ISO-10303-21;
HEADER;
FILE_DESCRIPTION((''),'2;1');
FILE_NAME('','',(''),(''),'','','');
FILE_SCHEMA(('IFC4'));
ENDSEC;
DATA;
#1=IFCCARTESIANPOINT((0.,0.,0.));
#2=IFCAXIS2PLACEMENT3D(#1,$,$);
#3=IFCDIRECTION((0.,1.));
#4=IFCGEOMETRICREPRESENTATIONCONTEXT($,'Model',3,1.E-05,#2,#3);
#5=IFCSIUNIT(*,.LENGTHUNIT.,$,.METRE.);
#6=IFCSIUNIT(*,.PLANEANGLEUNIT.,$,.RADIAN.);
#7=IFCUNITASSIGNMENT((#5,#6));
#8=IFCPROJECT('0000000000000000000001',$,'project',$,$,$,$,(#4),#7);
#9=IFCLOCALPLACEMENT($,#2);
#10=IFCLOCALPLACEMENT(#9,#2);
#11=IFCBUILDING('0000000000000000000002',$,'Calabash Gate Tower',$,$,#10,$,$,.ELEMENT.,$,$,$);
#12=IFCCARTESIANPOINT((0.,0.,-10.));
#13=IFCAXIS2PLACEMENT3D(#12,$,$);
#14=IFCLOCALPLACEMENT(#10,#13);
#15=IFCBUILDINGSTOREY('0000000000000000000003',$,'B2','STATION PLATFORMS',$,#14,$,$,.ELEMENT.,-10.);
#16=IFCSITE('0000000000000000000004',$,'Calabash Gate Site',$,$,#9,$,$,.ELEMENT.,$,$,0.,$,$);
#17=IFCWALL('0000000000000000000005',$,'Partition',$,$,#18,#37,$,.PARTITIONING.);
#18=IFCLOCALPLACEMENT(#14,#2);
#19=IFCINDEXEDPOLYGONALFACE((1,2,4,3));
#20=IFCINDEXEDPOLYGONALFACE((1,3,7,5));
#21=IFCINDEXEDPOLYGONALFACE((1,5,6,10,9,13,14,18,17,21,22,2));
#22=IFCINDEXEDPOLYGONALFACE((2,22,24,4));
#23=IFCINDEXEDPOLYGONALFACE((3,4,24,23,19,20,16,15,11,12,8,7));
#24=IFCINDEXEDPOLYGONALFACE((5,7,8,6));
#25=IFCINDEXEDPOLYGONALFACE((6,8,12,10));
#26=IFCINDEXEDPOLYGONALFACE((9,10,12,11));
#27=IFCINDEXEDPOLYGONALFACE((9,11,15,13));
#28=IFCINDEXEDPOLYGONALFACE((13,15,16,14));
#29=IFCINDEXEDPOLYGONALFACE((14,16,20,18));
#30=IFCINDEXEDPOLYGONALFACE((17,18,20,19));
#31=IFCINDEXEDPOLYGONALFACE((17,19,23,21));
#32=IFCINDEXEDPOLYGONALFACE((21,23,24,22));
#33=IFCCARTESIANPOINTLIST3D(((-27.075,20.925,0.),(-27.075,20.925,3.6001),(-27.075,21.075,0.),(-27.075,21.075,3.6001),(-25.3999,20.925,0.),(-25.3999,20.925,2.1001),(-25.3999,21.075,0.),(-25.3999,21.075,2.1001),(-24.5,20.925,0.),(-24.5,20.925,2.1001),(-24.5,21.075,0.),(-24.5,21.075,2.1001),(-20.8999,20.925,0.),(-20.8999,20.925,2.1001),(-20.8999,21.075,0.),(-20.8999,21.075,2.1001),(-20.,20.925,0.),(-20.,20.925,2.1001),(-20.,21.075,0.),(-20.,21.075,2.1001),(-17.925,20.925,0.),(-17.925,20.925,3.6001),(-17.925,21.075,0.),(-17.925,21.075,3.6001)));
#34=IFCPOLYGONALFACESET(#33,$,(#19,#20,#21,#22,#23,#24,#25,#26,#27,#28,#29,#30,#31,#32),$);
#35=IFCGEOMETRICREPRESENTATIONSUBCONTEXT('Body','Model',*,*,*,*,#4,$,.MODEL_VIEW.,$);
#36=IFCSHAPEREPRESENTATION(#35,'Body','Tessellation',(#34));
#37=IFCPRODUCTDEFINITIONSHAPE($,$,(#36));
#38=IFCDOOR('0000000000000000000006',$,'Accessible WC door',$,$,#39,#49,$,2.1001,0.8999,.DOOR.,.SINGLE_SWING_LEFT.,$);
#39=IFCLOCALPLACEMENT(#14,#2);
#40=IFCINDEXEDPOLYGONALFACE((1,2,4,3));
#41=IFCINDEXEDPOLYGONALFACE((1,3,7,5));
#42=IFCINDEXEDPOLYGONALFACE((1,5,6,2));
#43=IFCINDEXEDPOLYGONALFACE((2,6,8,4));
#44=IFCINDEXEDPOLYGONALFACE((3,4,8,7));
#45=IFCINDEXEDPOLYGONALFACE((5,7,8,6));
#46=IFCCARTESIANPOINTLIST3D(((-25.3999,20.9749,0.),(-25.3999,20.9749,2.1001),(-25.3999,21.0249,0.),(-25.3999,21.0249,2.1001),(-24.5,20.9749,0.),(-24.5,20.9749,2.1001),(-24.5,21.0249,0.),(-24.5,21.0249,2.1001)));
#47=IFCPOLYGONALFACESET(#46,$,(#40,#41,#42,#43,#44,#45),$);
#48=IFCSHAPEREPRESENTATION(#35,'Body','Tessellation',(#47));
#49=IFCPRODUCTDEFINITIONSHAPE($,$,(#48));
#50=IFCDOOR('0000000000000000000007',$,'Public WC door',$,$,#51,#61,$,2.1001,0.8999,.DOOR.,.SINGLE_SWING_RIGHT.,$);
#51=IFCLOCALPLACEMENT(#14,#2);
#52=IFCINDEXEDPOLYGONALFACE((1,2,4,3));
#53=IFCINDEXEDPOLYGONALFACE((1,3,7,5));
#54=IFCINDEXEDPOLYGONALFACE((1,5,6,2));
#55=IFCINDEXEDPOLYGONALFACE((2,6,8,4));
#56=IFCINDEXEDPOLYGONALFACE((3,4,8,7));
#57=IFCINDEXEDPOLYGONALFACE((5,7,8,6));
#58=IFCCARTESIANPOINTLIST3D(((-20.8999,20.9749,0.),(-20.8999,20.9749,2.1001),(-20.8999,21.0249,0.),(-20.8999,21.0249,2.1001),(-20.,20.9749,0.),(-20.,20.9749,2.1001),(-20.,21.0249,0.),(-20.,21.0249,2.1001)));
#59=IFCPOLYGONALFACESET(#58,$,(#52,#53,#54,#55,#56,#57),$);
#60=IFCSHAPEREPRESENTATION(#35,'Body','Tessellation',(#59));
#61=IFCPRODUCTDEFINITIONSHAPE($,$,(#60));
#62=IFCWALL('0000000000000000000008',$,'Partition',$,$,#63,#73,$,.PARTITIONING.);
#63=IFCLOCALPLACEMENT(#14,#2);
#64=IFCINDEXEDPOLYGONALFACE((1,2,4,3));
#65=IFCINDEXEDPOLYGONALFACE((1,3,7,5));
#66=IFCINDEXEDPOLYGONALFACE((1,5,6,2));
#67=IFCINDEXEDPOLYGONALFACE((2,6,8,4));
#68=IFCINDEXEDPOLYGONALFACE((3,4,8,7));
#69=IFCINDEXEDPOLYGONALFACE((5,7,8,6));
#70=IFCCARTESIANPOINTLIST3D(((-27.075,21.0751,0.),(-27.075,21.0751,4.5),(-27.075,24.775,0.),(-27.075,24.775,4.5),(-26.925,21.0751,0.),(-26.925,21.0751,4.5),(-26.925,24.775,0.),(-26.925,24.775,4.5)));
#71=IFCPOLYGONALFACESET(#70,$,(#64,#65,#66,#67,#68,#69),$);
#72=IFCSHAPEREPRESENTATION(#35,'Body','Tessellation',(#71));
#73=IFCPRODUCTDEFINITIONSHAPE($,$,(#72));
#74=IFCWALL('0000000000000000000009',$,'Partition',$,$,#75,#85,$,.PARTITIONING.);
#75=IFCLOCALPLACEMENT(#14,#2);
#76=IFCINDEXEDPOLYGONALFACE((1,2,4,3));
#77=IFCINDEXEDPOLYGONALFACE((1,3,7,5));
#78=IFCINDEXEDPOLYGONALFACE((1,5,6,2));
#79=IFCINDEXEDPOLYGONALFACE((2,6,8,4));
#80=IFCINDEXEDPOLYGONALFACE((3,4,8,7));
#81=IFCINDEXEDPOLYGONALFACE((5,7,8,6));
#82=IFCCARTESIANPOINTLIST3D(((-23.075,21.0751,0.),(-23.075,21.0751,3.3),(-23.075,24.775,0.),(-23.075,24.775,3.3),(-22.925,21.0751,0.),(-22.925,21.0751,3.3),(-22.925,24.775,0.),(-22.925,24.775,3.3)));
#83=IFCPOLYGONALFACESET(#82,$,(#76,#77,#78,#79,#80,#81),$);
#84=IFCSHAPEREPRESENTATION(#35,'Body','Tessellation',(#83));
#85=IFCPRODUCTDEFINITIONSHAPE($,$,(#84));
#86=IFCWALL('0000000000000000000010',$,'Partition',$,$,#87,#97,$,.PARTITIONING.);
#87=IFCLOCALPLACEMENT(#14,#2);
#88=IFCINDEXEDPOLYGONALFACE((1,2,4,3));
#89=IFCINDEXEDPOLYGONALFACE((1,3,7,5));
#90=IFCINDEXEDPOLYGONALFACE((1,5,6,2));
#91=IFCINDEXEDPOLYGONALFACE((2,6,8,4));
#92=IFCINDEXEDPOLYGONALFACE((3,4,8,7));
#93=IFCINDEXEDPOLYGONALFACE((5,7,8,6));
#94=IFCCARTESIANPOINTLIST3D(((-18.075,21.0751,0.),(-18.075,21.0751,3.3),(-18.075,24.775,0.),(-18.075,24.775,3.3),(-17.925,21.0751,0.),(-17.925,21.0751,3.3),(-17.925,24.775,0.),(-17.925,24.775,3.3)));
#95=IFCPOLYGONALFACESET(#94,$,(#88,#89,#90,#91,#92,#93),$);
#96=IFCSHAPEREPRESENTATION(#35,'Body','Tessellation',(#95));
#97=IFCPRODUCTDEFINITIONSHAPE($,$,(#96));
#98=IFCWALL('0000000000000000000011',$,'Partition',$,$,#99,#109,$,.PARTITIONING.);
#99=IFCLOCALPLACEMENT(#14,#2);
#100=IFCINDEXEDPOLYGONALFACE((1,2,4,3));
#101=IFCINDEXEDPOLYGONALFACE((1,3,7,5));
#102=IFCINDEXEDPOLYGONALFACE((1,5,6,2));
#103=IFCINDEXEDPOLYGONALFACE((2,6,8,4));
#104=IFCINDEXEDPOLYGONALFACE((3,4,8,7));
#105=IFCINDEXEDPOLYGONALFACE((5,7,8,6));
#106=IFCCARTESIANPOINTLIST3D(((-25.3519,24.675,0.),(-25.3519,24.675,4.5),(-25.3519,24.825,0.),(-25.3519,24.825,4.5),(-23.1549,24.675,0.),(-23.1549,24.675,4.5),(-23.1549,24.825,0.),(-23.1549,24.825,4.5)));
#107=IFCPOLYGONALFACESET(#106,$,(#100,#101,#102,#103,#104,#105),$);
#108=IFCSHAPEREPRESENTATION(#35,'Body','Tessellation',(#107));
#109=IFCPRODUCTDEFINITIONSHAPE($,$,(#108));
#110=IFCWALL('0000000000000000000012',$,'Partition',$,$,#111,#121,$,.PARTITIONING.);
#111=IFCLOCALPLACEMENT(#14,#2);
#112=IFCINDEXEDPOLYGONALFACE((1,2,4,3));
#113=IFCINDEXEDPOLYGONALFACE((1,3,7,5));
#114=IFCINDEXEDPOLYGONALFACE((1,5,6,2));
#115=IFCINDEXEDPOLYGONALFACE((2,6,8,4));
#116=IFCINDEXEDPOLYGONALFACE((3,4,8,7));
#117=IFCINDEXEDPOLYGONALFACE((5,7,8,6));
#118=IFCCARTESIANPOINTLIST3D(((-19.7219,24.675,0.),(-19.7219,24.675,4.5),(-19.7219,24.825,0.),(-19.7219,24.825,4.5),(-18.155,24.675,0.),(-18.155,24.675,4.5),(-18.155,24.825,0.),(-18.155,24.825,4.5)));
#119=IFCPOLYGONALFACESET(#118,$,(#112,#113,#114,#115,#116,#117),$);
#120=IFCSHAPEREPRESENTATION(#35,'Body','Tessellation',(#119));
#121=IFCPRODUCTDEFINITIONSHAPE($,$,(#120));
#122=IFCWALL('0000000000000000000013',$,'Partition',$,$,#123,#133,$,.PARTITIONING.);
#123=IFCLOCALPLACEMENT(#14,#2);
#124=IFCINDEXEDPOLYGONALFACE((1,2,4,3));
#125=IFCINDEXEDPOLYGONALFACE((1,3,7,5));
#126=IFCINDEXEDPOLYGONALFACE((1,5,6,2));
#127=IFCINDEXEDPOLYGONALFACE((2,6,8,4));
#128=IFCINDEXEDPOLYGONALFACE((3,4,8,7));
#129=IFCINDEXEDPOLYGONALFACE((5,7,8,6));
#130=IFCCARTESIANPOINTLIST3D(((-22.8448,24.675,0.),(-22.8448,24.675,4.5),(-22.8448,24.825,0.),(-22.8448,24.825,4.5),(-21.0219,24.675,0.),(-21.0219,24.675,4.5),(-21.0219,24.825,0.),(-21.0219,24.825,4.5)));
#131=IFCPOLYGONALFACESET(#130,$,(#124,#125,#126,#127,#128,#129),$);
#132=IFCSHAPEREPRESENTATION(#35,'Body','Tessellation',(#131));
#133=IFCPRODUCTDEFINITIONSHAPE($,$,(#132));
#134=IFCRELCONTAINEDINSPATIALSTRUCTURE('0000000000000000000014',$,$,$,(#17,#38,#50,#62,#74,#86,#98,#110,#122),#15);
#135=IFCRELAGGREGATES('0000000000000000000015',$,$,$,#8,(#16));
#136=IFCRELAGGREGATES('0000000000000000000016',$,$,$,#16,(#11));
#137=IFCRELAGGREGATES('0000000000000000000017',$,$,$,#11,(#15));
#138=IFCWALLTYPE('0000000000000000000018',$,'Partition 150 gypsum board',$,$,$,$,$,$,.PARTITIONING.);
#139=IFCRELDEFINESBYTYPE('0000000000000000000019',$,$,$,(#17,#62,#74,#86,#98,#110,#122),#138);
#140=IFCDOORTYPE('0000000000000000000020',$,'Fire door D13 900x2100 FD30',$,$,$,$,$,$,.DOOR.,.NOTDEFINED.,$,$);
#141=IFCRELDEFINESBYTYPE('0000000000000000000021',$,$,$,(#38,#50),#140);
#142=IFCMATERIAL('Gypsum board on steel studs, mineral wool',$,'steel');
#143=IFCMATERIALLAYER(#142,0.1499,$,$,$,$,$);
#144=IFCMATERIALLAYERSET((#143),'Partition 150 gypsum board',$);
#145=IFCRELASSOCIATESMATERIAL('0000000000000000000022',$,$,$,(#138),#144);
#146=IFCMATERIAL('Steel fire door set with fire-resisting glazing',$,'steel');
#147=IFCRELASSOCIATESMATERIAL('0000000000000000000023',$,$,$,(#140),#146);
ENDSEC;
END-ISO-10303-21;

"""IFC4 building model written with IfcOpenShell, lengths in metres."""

from ifc_helpers import new_model, si_unit, direction, frame, frame_2d, origin, place, context, subcontext, project, spatial, rectangle, extrude, material, layer, layer_set, type_object, element, fill, save


model = new_model("IFC4")

# Units and contexts
model_context = context("Model", 3, precision=1e-05, world=origin(), true_north=direction((0.0, 1.0)))
body_context = subcontext(model_context, "Body", "Model", "MODEL_VIEW")
ifc_project = project(units=[si_unit("LENGTHUNIT", "METRE"), si_unit("PLANEANGLEUNIT", "RADIAN")], contexts=[model_context])

# Site, building, storey
site_placement = place(None, origin())
site = spatial("IfcSite", under=ifc_project, at=site_placement, Name="Calabash Gate Site", CompositionType="ELEMENT", RefElevation=0.0)
building_placement = place(site_placement, origin())
building = spatial("IfcBuilding", under=site, at=building_placement, Name="Calabash Gate Tower", CompositionType="ELEMENT")
storey_placement = place(building_placement, frame((0.0, 0.0, -10.0)))
storey = spatial("IfcBuildingStorey", under=building, at=storey_placement, Name="B2", Description="STATION PLATFORMS", CompositionType="ELEMENT", Elevation=-10.0)

# Shared definitions
ifc_material_1 = material(Name="Gypsum board on steel studs, mineral wool", Category="steel")
ifc_layer_1 = layer(ifc_material_1, 0.1499)
ifc_layer_set_1 = layer_set([ifc_layer_1], Name="Partition 150 gypsum board")
wall_type_1 = type_object("IfcWallType", Name="Partition 150 gypsum board", PredefinedType="PARTITIONING", material=ifc_layer_set_1)

# Wall, openings, doors
wall_1_placement = place(storey_placement, frame((-27.075, 21.0, 0.0), z_axis=(0.0, 0.0, 1.0), x_axis=(1.0, 0.0, 0.0)))
wall_1 = element("IfcWall", 1, at=wall_1_placement, inside=storey, type_object=wall_type_1, Name="Partition", PredefinedType="PARTITIONING", context=body_context, shape_type="SweptSolid", body=[
    extrude(rectangle(XDim=9.1499, YDim=0.1499, at=frame_2d((4.575, 0.0))), origin(), (0.0, 0.0, 1.0), 3.6001),
])
opening_1_placement = place(wall_1_placement, frame((1.675, 0.0, 0.0)))
opening_1 = element("IfcOpeningElement", 2, at=opening_1_placement, cuts=wall_1, PredefinedType="OPENING", context=body_context, shape_type="SweptSolid", body=[
    extrude(rectangle(XDim=0.8999, YDim=2.1001, at=frame_2d((0.45, 1.05))), frame((0.0, 0.085, 0.0), z_axis=(0.0, -1.0, 0.0), x_axis=(1.0, 0.0, 0.0)), (0.0, 0.0, 1.0), 0.1699),
])
opening_2_placement = place(wall_1_placement, frame((6.175, 0.0, 0.0)))
opening_2 = element("IfcOpeningElement", 3, at=opening_2_placement, cuts=wall_1, PredefinedType="OPENING", context=body_context, shape_type="SweptSolid", body=[
    extrude(rectangle(XDim=0.8999, YDim=2.1001, at=frame_2d((0.45, 1.05))), frame((0.0, 0.085, 0.0), z_axis=(0.0, -1.0, 0.0), x_axis=(1.0, 0.0, 0.0)), (0.0, 0.0, 1.0), 0.1699),
])
ifc_material_2 = material(Name="Steel fire door set with fire-resisting glazing", Category="steel")
door_type = type_object("IfcDoorType", Name="Fire door D13 900x2100 FD30", OperationType="NOTDEFINED", PredefinedType="DOOR", material=ifc_material_2)
door_1_placement = place(opening_1_placement, origin())
door_1 = element("IfcDoor", 4, at=door_1_placement, inside=storey, type_object=door_type, Name="Accessible WC door", OperationType="SINGLE_SWING_LEFT", OverallHeight=2.1001, OverallWidth=0.8999, PredefinedType="DOOR", context=body_context, shape_type="SweptSolid", body=[
    extrude(rectangle(XDim=0.8999, YDim=2.1001, at=frame_2d((0.45, 1.05))), frame((0.0, 0.0249, 0.0), z_axis=(0.0, -1.0, 0.0), x_axis=(1.0, 0.0, 0.0)), (0.0, 0.0, 1.0), 0.05),
])
fill(opening_1, door_1)
door_2_placement = place(opening_2_placement, origin())
door_2 = element("IfcDoor", 5, at=door_2_placement, inside=storey, type_object=door_type, Name="Public WC door", OperationType="SINGLE_SWING_RIGHT", OverallHeight=2.1001, OverallWidth=0.8999, PredefinedType="DOOR", context=body_context, shape_type="SweptSolid", body=[
    extrude(rectangle(XDim=0.8999, YDim=2.1001, at=frame_2d((0.45, 1.05))), frame((0.0, 0.0249, 0.0), z_axis=(0.0, -1.0, 0.0), x_axis=(1.0, 0.0, 0.0)), (0.0, 0.0, 1.0), 0.05),
])
fill(opening_2, door_2)

# Walls
wall_2_placement = place(storey_placement, frame((-27.0, 21.075, 0.0), z_axis=(0.0, 0.0, 1.0), x_axis=(0.0, 1.0, 0.0)))
element("IfcWall", 6, at=wall_2_placement, inside=storey, type_object=wall_type_1, Name="Partition", PredefinedType="PARTITIONING", context=body_context, shape_type="SweptSolid", body=[
    extrude(rectangle(XDim=3.7, YDim=0.1499, at=frame_2d((1.8501, 0.0))), origin(), (0.0, 0.0, 1.0), 4.5),
])
for number, where, z_axis, x_axis, name in (
    (7, (-23.0, 21.075, 0.0), (0.0, 0.0, 1.0), (0.0, 1.0, 0.0), "Partition"),
    (8, (-18.0, 21.075, 0.0), (0.0, 0.0, 1.0), (0.0, 1.0, 0.0), "Partition"),
):
    element("IfcWall", number, at=place(storey_placement, frame(where, z_axis=z_axis, x_axis=x_axis)), inside=storey, type_object=wall_type_1, Name=name, PredefinedType="PARTITIONING", context=body_context, shape_type="SweptSolid", body=[
        extrude(rectangle(XDim=3.7, YDim=0.1499, at=frame_2d((1.8501, 0.0))), origin(), (0.0, 0.0, 1.0), 3.3),
    ])
wall_3_placement = place(storey_placement, frame((-25.3521, 24.75, 0.0), z_axis=(0.0, 0.0, 1.0), x_axis=(1.0, 0.0, 0.0)))
element("IfcWall", 9, at=wall_3_placement, inside=storey, type_object=wall_type_1, Name="Partition", PredefinedType="PARTITIONING", context=body_context, shape_type="SweptSolid", body=[
    extrude(rectangle(XDim=2.197, YDim=0.1499, at=frame_2d((1.0986, 0.0))), origin(), (0.0, 0.0, 1.0), 4.5),
])
wall_4_placement = place(storey_placement, frame((-19.7219, 24.75, 0.0), z_axis=(0.0, 0.0, 1.0), x_axis=(1.0, 0.0, 0.0)))
element("IfcWall", 10, at=wall_4_placement, inside=storey, type_object=wall_type_1, Name="Partition", PredefinedType="PARTITIONING", context=body_context, shape_type="SweptSolid", body=[
    extrude(rectangle(XDim=1.5669, YDim=0.1499, at=frame_2d((0.7834, 0.0))), origin(), (0.0, 0.0, 1.0), 4.5),
])
wall_5_placement = place(storey_placement, frame((-22.845, 24.75, 0.0), z_axis=(0.0, 0.0, 1.0), x_axis=(1.0, 0.0, 0.0)))
element("IfcWall", 11, at=wall_5_placement, inside=storey, type_object=wall_type_1, Name="Partition", PredefinedType="PARTITIONING", context=body_context, shape_type="SweptSolid", body=[
    extrude(rectangle(XDim=1.823, YDim=0.1499, at=frame_2d((0.9116, 0.0))), origin(), (0.0, 0.0, 1.0), 4.5),
])

save(model, "model.ifc")
